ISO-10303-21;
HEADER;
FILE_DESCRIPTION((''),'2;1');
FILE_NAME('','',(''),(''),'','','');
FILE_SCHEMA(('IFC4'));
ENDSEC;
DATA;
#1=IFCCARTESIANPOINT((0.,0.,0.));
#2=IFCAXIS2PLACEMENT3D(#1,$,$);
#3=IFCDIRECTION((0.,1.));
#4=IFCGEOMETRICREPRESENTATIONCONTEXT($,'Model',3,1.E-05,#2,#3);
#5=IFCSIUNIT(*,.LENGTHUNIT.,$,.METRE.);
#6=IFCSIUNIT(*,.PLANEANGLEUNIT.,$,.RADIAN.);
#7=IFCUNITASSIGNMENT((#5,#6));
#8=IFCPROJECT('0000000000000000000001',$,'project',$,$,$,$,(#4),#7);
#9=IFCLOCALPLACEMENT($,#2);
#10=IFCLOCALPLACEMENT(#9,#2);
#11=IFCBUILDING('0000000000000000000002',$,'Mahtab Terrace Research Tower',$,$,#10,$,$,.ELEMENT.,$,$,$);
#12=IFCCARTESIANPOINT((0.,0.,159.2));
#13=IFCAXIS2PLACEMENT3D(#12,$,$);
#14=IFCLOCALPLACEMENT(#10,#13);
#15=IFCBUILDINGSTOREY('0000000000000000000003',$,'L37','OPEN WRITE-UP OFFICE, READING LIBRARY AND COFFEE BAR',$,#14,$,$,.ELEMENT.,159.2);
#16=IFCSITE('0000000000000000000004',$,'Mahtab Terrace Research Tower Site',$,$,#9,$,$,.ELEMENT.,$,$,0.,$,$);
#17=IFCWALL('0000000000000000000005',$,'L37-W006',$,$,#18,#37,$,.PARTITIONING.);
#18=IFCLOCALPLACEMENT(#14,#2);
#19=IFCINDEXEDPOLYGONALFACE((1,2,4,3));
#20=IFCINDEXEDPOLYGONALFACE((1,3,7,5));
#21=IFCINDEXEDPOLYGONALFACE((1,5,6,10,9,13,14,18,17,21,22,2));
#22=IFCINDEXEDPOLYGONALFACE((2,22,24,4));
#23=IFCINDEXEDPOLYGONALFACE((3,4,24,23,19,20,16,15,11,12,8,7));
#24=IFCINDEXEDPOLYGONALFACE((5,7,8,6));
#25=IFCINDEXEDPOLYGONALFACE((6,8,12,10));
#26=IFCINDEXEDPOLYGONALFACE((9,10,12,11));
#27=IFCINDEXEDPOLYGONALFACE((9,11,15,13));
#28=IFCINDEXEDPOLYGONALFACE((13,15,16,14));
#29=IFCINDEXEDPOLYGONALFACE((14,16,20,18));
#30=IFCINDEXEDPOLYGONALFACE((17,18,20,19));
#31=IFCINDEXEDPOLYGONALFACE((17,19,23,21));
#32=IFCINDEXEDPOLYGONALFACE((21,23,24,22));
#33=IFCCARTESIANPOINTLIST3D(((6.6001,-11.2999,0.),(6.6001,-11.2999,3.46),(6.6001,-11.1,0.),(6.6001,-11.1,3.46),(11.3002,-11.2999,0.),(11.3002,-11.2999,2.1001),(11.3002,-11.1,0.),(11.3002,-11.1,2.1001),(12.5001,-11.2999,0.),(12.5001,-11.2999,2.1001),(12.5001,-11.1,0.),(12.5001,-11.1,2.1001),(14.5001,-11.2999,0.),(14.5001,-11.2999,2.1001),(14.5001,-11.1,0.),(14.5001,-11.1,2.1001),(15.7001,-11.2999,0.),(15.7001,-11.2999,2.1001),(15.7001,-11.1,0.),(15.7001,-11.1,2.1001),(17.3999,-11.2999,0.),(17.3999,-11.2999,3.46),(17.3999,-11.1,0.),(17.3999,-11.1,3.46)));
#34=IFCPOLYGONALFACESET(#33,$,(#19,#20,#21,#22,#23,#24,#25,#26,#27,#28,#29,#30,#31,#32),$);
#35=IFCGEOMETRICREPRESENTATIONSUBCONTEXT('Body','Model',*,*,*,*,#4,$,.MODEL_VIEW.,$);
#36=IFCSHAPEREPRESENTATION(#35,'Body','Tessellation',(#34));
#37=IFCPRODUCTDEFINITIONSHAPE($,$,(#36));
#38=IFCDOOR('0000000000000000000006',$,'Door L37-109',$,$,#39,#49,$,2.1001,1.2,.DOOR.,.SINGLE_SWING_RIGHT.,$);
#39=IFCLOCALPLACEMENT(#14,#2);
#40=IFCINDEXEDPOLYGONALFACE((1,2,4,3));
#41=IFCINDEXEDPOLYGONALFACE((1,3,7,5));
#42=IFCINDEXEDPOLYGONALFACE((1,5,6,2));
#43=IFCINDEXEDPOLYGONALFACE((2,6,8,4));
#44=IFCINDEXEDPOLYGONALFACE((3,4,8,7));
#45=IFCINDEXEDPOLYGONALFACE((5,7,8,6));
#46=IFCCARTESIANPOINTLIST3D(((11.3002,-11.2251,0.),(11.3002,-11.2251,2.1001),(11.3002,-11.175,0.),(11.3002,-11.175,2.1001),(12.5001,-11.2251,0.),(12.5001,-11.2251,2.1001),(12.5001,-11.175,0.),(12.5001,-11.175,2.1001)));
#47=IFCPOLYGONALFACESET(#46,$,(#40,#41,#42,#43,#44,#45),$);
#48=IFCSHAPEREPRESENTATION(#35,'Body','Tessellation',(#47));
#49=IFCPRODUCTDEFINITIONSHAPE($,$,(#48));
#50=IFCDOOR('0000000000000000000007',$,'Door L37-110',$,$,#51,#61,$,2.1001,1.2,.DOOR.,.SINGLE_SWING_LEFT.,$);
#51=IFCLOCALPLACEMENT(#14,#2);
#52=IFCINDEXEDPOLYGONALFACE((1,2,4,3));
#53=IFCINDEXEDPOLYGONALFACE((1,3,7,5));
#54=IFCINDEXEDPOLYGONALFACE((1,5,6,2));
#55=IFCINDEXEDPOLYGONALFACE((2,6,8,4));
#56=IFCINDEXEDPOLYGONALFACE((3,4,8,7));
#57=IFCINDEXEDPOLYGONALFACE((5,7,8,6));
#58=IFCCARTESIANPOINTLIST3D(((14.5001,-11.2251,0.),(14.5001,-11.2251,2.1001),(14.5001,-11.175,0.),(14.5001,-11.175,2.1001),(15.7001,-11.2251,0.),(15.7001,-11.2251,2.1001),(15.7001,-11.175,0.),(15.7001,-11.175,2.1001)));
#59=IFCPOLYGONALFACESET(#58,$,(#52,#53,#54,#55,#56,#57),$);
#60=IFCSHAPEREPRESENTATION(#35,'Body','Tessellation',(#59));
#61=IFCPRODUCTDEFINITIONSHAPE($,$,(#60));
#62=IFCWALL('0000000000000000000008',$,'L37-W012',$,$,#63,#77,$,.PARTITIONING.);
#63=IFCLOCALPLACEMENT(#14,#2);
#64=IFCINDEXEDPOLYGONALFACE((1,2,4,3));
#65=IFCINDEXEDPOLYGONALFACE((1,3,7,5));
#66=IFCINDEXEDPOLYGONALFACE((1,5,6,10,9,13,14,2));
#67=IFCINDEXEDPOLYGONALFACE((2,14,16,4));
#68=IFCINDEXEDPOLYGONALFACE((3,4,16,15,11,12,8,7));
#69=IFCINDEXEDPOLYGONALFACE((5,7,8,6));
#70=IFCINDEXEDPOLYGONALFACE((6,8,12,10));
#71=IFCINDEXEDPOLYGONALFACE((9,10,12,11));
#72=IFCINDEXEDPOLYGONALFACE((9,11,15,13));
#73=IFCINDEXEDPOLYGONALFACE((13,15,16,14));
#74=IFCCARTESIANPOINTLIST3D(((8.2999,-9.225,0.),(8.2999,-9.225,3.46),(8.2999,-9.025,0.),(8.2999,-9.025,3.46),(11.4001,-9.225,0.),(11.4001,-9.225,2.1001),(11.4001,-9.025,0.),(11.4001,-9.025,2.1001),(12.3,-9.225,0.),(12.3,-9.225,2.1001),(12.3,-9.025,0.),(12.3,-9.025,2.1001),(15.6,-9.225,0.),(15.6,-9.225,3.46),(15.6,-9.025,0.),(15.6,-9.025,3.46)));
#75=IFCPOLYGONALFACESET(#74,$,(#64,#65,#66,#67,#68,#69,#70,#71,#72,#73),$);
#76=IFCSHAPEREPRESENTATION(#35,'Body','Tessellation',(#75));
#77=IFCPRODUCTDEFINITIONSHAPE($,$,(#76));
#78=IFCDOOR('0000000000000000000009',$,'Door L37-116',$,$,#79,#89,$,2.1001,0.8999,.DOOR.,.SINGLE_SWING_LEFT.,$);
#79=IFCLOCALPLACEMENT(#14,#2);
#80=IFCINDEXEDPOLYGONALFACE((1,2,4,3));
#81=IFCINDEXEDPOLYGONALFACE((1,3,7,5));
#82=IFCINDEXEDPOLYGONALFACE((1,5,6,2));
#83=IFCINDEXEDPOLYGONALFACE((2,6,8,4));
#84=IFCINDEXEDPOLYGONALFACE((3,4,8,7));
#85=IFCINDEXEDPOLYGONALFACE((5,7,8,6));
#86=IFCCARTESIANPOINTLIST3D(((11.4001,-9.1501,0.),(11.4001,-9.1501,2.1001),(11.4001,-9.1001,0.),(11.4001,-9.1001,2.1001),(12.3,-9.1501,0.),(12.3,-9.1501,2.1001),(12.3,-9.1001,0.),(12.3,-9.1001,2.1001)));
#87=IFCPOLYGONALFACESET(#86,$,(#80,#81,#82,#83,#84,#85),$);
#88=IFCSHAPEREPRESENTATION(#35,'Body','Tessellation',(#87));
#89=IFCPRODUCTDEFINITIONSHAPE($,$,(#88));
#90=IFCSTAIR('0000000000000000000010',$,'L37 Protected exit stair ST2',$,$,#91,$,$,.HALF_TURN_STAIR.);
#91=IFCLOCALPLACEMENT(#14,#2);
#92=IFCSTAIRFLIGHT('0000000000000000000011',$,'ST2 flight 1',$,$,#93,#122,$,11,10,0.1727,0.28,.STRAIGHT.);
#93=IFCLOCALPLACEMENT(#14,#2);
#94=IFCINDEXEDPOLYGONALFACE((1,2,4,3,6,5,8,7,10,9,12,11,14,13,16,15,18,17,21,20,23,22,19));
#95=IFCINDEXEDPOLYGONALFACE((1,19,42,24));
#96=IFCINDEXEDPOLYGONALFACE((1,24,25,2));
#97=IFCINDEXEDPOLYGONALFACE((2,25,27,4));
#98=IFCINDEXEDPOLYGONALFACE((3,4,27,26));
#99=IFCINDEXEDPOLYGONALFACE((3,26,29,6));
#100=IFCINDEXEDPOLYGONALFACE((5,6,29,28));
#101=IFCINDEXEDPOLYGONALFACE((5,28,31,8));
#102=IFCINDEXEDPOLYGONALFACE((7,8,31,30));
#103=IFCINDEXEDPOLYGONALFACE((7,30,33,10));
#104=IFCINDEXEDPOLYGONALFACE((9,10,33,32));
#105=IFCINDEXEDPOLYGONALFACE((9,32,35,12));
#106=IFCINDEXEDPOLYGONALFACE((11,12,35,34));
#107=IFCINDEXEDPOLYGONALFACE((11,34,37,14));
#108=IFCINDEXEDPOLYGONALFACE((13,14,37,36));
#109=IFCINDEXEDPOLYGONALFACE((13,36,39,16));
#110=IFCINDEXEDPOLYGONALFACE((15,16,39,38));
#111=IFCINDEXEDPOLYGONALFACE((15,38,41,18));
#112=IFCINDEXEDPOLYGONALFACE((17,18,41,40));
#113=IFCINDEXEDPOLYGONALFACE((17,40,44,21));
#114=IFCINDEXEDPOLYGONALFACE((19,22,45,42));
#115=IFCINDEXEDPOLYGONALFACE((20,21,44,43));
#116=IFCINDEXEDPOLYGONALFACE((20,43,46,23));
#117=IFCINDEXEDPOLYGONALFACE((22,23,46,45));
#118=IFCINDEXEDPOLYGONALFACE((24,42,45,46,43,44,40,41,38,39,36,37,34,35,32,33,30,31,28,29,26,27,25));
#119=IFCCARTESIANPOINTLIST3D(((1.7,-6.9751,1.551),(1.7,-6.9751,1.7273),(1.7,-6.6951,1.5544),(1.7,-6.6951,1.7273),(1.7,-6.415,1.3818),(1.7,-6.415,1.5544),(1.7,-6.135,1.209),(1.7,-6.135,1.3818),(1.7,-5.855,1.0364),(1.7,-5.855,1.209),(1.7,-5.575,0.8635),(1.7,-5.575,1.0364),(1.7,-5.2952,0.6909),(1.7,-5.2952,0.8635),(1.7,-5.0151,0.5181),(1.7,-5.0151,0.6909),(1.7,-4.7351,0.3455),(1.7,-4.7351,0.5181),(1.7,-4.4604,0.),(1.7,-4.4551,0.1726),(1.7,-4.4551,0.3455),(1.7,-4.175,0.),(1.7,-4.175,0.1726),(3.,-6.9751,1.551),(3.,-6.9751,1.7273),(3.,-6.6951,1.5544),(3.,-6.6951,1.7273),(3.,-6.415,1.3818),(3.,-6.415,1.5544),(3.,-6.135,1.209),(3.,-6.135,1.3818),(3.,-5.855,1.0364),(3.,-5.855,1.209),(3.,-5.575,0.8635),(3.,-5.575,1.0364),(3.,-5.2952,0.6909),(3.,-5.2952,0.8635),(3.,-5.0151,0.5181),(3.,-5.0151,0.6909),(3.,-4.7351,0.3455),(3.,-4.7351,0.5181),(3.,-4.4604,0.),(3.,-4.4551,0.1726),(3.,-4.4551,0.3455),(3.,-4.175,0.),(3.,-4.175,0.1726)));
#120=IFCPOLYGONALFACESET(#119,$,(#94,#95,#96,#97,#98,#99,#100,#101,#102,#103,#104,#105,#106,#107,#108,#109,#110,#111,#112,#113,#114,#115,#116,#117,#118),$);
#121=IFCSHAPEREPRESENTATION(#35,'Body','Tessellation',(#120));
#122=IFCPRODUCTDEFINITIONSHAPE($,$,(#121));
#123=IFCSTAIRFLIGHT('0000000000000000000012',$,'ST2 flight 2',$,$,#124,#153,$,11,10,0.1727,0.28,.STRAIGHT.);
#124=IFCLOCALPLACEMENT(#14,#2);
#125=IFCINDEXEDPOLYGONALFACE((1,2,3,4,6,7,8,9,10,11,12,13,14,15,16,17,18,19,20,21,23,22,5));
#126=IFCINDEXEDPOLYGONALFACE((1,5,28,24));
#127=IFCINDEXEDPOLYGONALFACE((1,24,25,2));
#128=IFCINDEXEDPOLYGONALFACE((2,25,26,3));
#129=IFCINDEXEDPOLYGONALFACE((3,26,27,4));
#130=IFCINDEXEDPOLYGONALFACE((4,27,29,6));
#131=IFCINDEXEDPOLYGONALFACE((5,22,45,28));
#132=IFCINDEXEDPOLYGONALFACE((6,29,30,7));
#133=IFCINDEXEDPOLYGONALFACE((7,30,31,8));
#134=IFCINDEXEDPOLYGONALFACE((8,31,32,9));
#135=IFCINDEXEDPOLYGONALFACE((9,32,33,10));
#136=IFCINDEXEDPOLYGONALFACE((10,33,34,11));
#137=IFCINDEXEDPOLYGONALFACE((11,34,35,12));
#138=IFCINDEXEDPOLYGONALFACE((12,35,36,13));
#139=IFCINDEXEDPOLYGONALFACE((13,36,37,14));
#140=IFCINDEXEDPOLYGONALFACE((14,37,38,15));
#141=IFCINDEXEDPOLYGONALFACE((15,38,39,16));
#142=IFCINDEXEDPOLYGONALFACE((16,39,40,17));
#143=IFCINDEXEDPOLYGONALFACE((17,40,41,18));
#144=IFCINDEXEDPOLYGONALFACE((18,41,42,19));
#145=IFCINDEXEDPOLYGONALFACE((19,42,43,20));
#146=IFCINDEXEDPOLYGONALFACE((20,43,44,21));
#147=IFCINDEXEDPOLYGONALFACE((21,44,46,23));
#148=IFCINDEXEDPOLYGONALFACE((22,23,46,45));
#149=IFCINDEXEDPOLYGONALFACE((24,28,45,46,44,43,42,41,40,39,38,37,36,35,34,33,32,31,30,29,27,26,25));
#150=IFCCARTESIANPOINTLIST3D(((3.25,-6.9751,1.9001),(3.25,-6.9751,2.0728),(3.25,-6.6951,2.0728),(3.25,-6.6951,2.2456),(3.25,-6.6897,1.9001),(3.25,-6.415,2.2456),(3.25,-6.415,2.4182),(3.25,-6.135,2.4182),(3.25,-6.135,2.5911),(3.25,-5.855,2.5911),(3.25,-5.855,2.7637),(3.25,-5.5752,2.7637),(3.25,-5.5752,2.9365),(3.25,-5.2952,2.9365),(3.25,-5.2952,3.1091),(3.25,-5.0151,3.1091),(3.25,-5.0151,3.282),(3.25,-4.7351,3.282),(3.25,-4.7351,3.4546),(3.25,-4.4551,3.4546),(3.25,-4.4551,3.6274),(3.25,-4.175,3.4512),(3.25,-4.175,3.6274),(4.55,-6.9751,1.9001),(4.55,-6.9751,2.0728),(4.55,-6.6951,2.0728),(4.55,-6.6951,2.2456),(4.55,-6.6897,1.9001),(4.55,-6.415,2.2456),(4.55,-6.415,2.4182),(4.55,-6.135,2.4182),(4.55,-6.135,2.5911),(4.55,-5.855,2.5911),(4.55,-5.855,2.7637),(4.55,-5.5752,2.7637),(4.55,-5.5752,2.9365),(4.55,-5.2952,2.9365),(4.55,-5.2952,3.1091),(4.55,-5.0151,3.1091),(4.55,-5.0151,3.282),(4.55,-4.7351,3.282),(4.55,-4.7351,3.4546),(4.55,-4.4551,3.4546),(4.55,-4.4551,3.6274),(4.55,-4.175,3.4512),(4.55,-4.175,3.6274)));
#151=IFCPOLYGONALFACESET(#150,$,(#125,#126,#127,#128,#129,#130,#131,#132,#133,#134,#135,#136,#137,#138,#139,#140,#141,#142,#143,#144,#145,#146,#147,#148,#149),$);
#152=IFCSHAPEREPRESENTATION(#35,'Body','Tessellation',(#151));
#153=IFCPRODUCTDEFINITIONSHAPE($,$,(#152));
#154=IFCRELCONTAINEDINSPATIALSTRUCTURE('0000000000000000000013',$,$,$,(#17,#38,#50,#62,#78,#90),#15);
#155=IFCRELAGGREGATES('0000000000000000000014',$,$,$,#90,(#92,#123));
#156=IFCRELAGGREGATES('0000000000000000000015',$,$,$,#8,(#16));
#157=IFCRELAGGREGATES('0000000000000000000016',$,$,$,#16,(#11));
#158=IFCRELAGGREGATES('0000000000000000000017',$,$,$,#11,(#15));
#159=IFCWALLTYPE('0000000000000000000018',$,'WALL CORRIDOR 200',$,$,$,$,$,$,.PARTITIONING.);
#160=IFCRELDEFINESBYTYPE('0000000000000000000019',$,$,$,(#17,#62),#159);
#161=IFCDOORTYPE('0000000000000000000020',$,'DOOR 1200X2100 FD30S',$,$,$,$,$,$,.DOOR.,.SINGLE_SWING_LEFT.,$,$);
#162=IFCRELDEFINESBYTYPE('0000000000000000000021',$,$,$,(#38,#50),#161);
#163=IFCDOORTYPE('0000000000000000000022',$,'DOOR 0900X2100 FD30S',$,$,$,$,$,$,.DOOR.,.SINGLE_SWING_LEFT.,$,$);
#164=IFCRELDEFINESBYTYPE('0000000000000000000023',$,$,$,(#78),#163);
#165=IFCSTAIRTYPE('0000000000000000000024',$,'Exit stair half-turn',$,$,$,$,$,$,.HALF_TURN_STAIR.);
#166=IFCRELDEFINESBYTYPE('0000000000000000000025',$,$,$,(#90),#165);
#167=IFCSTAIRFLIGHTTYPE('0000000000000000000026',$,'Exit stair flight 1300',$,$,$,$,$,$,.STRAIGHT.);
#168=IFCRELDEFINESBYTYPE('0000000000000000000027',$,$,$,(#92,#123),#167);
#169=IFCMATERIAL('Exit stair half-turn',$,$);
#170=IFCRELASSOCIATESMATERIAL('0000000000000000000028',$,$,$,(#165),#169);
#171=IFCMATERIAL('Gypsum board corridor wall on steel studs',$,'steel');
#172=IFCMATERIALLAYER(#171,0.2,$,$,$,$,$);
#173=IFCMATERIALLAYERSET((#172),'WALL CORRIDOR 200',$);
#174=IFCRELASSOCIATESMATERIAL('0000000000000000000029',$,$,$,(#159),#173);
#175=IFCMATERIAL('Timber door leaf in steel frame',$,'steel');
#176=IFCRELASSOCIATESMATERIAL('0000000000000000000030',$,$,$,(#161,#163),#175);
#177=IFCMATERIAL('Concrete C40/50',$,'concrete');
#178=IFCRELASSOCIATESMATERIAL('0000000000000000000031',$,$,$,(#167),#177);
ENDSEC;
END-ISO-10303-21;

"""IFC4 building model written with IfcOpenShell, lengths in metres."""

from ifc_helpers import new_model, si_unit, direction, frame, frame_2d, origin, place, context, subcontext, project, spatial, polyline, rectangle, outline, extrude, material, layer, layer_set, type_object, element, fill, aggregate, save


model = new_model("IFC4")

# Units and contexts
model_context = context("Model", 3, precision=1e-05, world=origin(), true_north=direction((0.0, 1.0)))
body_context = subcontext(model_context, "Body", "Model", "MODEL_VIEW")
ifc_project = project(units=[si_unit("LENGTHUNIT", "METRE"), si_unit("PLANEANGLEUNIT", "RADIAN")], contexts=[model_context])

# Site, building, storey
site_placement = place(None, origin())
site = spatial("IfcSite", under=ifc_project, at=site_placement, Name="Mahtab Terrace Research Tower Site", CompositionType="ELEMENT", RefElevation=0.0)
building_placement = place(site_placement, origin())
building = spatial("IfcBuilding", under=site, at=building_placement, Name="Mahtab Terrace Research Tower", CompositionType="ELEMENT")
storey_placement = place(building_placement, frame((0.0, 0.0, 159.2)))
storey = spatial("IfcBuildingStorey", under=building, at=storey_placement, Name="L37", Description="OPEN WRITE-UP OFFICE, READING LIBRARY AND COFFEE BAR", CompositionType="ELEMENT", Elevation=159.2)

# Shared definitions
ifc_material_1 = material(Name="Exit stair half-turn")
stair_type = type_object("IfcStairType", Name="Exit stair half-turn", PredefinedType="HALF_TURN_STAIR", material=ifc_material_1)
ifc_material_2 = material(Name="Concrete C40/50", Category="concrete")

# Wall, openings, doors
ifc_material_3 = material(Name="Gypsum board corridor wall on steel studs", Category="steel")
ifc_layer_1 = layer(ifc_material_3, 0.2)
ifc_layer_set_1 = layer_set([ifc_layer_1], Name="WALL CORRIDOR 200")
wall_type_1 = type_object("IfcWallType", Name="WALL CORRIDOR 200", PredefinedType="PARTITIONING", material=ifc_layer_set_1)
wall_1_placement = place(storey_placement, frame((6.6001, -11.2, 0.0), z_axis=(0.0, 0.0, 1.0), x_axis=(1.0, 0.0, 0.0)))
wall_1 = element("IfcWall", 1, at=wall_1_placement, inside=storey, type_object=wall_type_1, Name="L37-W006", PredefinedType="PARTITIONING", context=body_context, shape_type="SweptSolid", body=[
    extrude(rectangle(XDim=10.7998, YDim=0.2, at=frame_2d((5.3999, 0.0))), origin(), (0.0, 0.0, 1.0), 3.46),
])
opening_1_placement = place(wall_1_placement, frame((4.7, 0.0, 0.0)))
opening_1 = element("IfcOpeningElement", 2, at=opening_1_placement, cuts=wall_1, PredefinedType="OPENING", context=body_context, shape_type="SweptSolid", body=[
    extrude(rectangle(XDim=1.2, YDim=2.1001, at=frame_2d((0.6001, 1.05))), frame((0.0, 0.1099, 0.0), z_axis=(0.0, -1.0, 0.0), x_axis=(1.0, 0.0, 0.0)), (0.0, 0.0, 1.0), 0.22),
])
opening_2_placement = place(wall_1_placement, frame((7.8999, 0.0, 0.0)))
opening_2 = element("IfcOpeningElement", 3, at=opening_2_placement, cuts=wall_1, PredefinedType="OPENING", context=body_context, shape_type="SweptSolid", body=[
    extrude(rectangle(XDim=1.2, YDim=2.1001, at=frame_2d((0.6001, 1.05))), frame((0.0, 0.1099, 0.0), z_axis=(0.0, -1.0, 0.0), x_axis=(1.0, 0.0, 0.0)), (0.0, 0.0, 1.0), 0.22),
])
ifc_material_4 = material(Name="Timber door leaf in steel frame", Category="steel")
door_type_1 = type_object("IfcDoorType", Name="DOOR 1200X2100 FD30S", OperationType="SINGLE_SWING_LEFT", PredefinedType="DOOR", material=ifc_material_4)
door_1_placement = place(opening_1_placement, origin())
door_1 = element("IfcDoor", 4, at=door_1_placement, inside=storey, type_object=door_type_1, Name="Door L37-109", OperationType="SINGLE_SWING_RIGHT", OverallHeight=2.1001, OverallWidth=1.2, PredefinedType="DOOR", context=body_context, shape_type="SweptSolid", body=[
    extrude(rectangle(XDim=1.2, YDim=2.1001, at=frame_2d((0.6001, 1.05))), frame((0.0, 0.0249, 0.0), z_axis=(0.0, -1.0, 0.0), x_axis=(1.0, 0.0, 0.0)), (0.0, 0.0, 1.0), 0.05),
])
fill(opening_1, door_1)
door_2_placement = place(opening_2_placement, origin())
door_2 = element("IfcDoor", 5, at=door_2_placement, inside=storey, type_object=door_type_1, Name="Door L37-110", OperationType="SINGLE_SWING_LEFT", OverallHeight=2.1001, OverallWidth=1.2, PredefinedType="DOOR", context=body_context, shape_type="SweptSolid", body=[
    extrude(rectangle(XDim=1.2, YDim=2.1001, at=frame_2d((0.6001, 1.05))), frame((0.0, 0.0249, 0.0), z_axis=(0.0, -1.0, 0.0), x_axis=(1.0, 0.0, 0.0)), (0.0, 0.0, 1.0), 0.05),
])
fill(opening_2, door_2)

# Wall, opening, door
wall_2_placement = place(storey_placement, frame((8.3, -9.125, 0.0), z_axis=(0.0, 0.0, 1.0), x_axis=(1.0, 0.0, 0.0)))
wall_2 = element("IfcWall", 6, at=wall_2_placement, inside=storey, type_object=wall_type_1, Name="L37-W012", PredefinedType="PARTITIONING", context=body_context, shape_type="SweptSolid", body=[
    extrude(rectangle(XDim=7.3, YDim=0.2, at=frame_2d((3.6499, 0.0))), origin(), (0.0, 0.0, 1.0), 3.46),
])
opening_3_placement = place(wall_2_placement, frame((3.1001, 0.0, 0.0)))
opening_3 = element("IfcOpeningElement", 7, at=opening_3_placement, cuts=wall_2, PredefinedType="OPENING", context=body_context, shape_type="SweptSolid", body=[
    extrude(rectangle(XDim=0.8999, YDim=2.1001, at=frame_2d((0.45, 1.05))), frame((0.0, 0.1099, 0.0), z_axis=(0.0, -1.0, 0.0), x_axis=(1.0, 0.0, 0.0)), (0.0, 0.0, 1.0), 0.22),
])
door_type_2 = type_object("IfcDoorType", Name="DOOR 0900X2100 FD30S", OperationType="SINGLE_SWING_LEFT", PredefinedType="DOOR", material=ifc_material_4)
door_3_placement = place(opening_3_placement, origin())
door_3 = element("IfcDoor", 8, at=door_3_placement, inside=storey, type_object=door_type_2, Name="Door L37-116", OperationType="SINGLE_SWING_LEFT", OverallHeight=2.1001, OverallWidth=0.8999, PredefinedType="DOOR", context=body_context, shape_type="SweptSolid", body=[
    extrude(rectangle(XDim=0.8999, YDim=2.1001, at=frame_2d((0.45, 1.05))), frame((0.0, 0.0249, 0.0), z_axis=(0.0, -1.0, 0.0), x_axis=(1.0, 0.0, 0.0)), (0.0, 0.0, 1.0), 0.05),
])
fill(opening_3, door_3)

# Stair, stair flights
stair_1_placement = place(storey_placement, origin())
stair_1 = element("IfcStair", 9, at=stair_1_placement, inside=storey, type_object=stair_type, Name="L37 Protected exit stair ST2", PredefinedType="HALF_TURN_STAIR")
stair_flight_type = type_object("IfcStairFlightType", Name="Exit stair flight 1300", PredefinedType="STRAIGHT", material=ifc_material_2)
stair_flight_1_placement = place(storey_placement, frame((2.3501, -4.175, 0.0), z_axis=(0.0, 0.0, 1.0), x_axis=(0.0, -1.0, 0.0)))
stair_flight_1 = element("IfcStairFlight", 10, at=stair_flight_1_placement, type_object=stair_flight_type, Name="ST2 flight 1", NumberOfRisers=11, NumberOfTreads=10, PredefinedType="STRAIGHT", RiserHeight=0.1727, TreadLength=0.28, context=body_context, shape_type="SweptSolid", body=[
    extrude(outline(polyline([(0.0, 0.0), (0.0, 0.1726), (0.28, 0.1726), (0.28, 0.3455), (0.5601, 0.3455), (0.5601, 0.5181), (0.8401, 0.5181), (0.8401, 0.6909), (1.1201, 0.6909), (1.1201, 0.8635), (1.3999, 0.8635), (1.3999, 1.0364), (1.6799, 1.0364), (1.6799, 1.209), (1.96, 1.209), (1.96, 1.3818), (2.24, 1.3818), (2.24, 1.5544), (2.52, 1.5544), (2.52, 1.7273), (2.8, 1.7273), (2.8, 1.8999), (2.8, 1.551), (0.2854, 0.0), (0.0, 0.0)])), frame((0.0, 0.6499, 0.0), z_axis=(0.0, -1.0, 0.0), x_axis=(1.0, 0.0, 0.0)), (0.0, 0.0, 1.0), 1.3),
])
stair_flight_2_placement = place(storey_placement, frame((3.8999, -6.9751, 1.9001), z_axis=(0.0, 0.0, 1.0), x_axis=(0.0, 1.0, 0.0)))
stair_flight_2 = element("IfcStairFlight", 11, at=stair_flight_2_placement, type_object=stair_flight_type, Name="ST2 flight 2", NumberOfRisers=11, NumberOfTreads=10, PredefinedType="STRAIGHT", RiserHeight=0.1727, TreadLength=0.28, context=body_context, shape_type="SweptSolid", body=[
    extrude(outline(polyline([(0.0, 0.0), (0.0, 0.1726), (0.28, 0.1726), (0.28, 0.3455), (0.5601, 0.3455), (0.5601, 0.5181), (0.8401, 0.5181), (0.8401, 0.6909), (1.1201, 0.6909), (1.1201, 0.8635), (1.3999, 0.8635), (1.3999, 1.0364), (1.6799, 1.0364), (1.6799, 1.209), (1.96, 1.209), (1.96, 1.3818), (2.24, 1.3818), (2.24, 1.5544), (2.52, 1.5544), (2.52, 1.7273), (2.8, 1.7273), (2.8, 1.8999), (2.8, 1.551), (0.2854, 0.0), (0.0, 0.0)])), frame((0.0, 0.6499, 0.0), z_axis=(0.0, -1.0, 0.0), x_axis=(1.0, 0.0, 0.0)), (0.0, 0.0, 1.0), 1.3),
])
aggregate(stair_1, [stair_flight_1, stair_flight_2])

save(model, "model.ifc")
